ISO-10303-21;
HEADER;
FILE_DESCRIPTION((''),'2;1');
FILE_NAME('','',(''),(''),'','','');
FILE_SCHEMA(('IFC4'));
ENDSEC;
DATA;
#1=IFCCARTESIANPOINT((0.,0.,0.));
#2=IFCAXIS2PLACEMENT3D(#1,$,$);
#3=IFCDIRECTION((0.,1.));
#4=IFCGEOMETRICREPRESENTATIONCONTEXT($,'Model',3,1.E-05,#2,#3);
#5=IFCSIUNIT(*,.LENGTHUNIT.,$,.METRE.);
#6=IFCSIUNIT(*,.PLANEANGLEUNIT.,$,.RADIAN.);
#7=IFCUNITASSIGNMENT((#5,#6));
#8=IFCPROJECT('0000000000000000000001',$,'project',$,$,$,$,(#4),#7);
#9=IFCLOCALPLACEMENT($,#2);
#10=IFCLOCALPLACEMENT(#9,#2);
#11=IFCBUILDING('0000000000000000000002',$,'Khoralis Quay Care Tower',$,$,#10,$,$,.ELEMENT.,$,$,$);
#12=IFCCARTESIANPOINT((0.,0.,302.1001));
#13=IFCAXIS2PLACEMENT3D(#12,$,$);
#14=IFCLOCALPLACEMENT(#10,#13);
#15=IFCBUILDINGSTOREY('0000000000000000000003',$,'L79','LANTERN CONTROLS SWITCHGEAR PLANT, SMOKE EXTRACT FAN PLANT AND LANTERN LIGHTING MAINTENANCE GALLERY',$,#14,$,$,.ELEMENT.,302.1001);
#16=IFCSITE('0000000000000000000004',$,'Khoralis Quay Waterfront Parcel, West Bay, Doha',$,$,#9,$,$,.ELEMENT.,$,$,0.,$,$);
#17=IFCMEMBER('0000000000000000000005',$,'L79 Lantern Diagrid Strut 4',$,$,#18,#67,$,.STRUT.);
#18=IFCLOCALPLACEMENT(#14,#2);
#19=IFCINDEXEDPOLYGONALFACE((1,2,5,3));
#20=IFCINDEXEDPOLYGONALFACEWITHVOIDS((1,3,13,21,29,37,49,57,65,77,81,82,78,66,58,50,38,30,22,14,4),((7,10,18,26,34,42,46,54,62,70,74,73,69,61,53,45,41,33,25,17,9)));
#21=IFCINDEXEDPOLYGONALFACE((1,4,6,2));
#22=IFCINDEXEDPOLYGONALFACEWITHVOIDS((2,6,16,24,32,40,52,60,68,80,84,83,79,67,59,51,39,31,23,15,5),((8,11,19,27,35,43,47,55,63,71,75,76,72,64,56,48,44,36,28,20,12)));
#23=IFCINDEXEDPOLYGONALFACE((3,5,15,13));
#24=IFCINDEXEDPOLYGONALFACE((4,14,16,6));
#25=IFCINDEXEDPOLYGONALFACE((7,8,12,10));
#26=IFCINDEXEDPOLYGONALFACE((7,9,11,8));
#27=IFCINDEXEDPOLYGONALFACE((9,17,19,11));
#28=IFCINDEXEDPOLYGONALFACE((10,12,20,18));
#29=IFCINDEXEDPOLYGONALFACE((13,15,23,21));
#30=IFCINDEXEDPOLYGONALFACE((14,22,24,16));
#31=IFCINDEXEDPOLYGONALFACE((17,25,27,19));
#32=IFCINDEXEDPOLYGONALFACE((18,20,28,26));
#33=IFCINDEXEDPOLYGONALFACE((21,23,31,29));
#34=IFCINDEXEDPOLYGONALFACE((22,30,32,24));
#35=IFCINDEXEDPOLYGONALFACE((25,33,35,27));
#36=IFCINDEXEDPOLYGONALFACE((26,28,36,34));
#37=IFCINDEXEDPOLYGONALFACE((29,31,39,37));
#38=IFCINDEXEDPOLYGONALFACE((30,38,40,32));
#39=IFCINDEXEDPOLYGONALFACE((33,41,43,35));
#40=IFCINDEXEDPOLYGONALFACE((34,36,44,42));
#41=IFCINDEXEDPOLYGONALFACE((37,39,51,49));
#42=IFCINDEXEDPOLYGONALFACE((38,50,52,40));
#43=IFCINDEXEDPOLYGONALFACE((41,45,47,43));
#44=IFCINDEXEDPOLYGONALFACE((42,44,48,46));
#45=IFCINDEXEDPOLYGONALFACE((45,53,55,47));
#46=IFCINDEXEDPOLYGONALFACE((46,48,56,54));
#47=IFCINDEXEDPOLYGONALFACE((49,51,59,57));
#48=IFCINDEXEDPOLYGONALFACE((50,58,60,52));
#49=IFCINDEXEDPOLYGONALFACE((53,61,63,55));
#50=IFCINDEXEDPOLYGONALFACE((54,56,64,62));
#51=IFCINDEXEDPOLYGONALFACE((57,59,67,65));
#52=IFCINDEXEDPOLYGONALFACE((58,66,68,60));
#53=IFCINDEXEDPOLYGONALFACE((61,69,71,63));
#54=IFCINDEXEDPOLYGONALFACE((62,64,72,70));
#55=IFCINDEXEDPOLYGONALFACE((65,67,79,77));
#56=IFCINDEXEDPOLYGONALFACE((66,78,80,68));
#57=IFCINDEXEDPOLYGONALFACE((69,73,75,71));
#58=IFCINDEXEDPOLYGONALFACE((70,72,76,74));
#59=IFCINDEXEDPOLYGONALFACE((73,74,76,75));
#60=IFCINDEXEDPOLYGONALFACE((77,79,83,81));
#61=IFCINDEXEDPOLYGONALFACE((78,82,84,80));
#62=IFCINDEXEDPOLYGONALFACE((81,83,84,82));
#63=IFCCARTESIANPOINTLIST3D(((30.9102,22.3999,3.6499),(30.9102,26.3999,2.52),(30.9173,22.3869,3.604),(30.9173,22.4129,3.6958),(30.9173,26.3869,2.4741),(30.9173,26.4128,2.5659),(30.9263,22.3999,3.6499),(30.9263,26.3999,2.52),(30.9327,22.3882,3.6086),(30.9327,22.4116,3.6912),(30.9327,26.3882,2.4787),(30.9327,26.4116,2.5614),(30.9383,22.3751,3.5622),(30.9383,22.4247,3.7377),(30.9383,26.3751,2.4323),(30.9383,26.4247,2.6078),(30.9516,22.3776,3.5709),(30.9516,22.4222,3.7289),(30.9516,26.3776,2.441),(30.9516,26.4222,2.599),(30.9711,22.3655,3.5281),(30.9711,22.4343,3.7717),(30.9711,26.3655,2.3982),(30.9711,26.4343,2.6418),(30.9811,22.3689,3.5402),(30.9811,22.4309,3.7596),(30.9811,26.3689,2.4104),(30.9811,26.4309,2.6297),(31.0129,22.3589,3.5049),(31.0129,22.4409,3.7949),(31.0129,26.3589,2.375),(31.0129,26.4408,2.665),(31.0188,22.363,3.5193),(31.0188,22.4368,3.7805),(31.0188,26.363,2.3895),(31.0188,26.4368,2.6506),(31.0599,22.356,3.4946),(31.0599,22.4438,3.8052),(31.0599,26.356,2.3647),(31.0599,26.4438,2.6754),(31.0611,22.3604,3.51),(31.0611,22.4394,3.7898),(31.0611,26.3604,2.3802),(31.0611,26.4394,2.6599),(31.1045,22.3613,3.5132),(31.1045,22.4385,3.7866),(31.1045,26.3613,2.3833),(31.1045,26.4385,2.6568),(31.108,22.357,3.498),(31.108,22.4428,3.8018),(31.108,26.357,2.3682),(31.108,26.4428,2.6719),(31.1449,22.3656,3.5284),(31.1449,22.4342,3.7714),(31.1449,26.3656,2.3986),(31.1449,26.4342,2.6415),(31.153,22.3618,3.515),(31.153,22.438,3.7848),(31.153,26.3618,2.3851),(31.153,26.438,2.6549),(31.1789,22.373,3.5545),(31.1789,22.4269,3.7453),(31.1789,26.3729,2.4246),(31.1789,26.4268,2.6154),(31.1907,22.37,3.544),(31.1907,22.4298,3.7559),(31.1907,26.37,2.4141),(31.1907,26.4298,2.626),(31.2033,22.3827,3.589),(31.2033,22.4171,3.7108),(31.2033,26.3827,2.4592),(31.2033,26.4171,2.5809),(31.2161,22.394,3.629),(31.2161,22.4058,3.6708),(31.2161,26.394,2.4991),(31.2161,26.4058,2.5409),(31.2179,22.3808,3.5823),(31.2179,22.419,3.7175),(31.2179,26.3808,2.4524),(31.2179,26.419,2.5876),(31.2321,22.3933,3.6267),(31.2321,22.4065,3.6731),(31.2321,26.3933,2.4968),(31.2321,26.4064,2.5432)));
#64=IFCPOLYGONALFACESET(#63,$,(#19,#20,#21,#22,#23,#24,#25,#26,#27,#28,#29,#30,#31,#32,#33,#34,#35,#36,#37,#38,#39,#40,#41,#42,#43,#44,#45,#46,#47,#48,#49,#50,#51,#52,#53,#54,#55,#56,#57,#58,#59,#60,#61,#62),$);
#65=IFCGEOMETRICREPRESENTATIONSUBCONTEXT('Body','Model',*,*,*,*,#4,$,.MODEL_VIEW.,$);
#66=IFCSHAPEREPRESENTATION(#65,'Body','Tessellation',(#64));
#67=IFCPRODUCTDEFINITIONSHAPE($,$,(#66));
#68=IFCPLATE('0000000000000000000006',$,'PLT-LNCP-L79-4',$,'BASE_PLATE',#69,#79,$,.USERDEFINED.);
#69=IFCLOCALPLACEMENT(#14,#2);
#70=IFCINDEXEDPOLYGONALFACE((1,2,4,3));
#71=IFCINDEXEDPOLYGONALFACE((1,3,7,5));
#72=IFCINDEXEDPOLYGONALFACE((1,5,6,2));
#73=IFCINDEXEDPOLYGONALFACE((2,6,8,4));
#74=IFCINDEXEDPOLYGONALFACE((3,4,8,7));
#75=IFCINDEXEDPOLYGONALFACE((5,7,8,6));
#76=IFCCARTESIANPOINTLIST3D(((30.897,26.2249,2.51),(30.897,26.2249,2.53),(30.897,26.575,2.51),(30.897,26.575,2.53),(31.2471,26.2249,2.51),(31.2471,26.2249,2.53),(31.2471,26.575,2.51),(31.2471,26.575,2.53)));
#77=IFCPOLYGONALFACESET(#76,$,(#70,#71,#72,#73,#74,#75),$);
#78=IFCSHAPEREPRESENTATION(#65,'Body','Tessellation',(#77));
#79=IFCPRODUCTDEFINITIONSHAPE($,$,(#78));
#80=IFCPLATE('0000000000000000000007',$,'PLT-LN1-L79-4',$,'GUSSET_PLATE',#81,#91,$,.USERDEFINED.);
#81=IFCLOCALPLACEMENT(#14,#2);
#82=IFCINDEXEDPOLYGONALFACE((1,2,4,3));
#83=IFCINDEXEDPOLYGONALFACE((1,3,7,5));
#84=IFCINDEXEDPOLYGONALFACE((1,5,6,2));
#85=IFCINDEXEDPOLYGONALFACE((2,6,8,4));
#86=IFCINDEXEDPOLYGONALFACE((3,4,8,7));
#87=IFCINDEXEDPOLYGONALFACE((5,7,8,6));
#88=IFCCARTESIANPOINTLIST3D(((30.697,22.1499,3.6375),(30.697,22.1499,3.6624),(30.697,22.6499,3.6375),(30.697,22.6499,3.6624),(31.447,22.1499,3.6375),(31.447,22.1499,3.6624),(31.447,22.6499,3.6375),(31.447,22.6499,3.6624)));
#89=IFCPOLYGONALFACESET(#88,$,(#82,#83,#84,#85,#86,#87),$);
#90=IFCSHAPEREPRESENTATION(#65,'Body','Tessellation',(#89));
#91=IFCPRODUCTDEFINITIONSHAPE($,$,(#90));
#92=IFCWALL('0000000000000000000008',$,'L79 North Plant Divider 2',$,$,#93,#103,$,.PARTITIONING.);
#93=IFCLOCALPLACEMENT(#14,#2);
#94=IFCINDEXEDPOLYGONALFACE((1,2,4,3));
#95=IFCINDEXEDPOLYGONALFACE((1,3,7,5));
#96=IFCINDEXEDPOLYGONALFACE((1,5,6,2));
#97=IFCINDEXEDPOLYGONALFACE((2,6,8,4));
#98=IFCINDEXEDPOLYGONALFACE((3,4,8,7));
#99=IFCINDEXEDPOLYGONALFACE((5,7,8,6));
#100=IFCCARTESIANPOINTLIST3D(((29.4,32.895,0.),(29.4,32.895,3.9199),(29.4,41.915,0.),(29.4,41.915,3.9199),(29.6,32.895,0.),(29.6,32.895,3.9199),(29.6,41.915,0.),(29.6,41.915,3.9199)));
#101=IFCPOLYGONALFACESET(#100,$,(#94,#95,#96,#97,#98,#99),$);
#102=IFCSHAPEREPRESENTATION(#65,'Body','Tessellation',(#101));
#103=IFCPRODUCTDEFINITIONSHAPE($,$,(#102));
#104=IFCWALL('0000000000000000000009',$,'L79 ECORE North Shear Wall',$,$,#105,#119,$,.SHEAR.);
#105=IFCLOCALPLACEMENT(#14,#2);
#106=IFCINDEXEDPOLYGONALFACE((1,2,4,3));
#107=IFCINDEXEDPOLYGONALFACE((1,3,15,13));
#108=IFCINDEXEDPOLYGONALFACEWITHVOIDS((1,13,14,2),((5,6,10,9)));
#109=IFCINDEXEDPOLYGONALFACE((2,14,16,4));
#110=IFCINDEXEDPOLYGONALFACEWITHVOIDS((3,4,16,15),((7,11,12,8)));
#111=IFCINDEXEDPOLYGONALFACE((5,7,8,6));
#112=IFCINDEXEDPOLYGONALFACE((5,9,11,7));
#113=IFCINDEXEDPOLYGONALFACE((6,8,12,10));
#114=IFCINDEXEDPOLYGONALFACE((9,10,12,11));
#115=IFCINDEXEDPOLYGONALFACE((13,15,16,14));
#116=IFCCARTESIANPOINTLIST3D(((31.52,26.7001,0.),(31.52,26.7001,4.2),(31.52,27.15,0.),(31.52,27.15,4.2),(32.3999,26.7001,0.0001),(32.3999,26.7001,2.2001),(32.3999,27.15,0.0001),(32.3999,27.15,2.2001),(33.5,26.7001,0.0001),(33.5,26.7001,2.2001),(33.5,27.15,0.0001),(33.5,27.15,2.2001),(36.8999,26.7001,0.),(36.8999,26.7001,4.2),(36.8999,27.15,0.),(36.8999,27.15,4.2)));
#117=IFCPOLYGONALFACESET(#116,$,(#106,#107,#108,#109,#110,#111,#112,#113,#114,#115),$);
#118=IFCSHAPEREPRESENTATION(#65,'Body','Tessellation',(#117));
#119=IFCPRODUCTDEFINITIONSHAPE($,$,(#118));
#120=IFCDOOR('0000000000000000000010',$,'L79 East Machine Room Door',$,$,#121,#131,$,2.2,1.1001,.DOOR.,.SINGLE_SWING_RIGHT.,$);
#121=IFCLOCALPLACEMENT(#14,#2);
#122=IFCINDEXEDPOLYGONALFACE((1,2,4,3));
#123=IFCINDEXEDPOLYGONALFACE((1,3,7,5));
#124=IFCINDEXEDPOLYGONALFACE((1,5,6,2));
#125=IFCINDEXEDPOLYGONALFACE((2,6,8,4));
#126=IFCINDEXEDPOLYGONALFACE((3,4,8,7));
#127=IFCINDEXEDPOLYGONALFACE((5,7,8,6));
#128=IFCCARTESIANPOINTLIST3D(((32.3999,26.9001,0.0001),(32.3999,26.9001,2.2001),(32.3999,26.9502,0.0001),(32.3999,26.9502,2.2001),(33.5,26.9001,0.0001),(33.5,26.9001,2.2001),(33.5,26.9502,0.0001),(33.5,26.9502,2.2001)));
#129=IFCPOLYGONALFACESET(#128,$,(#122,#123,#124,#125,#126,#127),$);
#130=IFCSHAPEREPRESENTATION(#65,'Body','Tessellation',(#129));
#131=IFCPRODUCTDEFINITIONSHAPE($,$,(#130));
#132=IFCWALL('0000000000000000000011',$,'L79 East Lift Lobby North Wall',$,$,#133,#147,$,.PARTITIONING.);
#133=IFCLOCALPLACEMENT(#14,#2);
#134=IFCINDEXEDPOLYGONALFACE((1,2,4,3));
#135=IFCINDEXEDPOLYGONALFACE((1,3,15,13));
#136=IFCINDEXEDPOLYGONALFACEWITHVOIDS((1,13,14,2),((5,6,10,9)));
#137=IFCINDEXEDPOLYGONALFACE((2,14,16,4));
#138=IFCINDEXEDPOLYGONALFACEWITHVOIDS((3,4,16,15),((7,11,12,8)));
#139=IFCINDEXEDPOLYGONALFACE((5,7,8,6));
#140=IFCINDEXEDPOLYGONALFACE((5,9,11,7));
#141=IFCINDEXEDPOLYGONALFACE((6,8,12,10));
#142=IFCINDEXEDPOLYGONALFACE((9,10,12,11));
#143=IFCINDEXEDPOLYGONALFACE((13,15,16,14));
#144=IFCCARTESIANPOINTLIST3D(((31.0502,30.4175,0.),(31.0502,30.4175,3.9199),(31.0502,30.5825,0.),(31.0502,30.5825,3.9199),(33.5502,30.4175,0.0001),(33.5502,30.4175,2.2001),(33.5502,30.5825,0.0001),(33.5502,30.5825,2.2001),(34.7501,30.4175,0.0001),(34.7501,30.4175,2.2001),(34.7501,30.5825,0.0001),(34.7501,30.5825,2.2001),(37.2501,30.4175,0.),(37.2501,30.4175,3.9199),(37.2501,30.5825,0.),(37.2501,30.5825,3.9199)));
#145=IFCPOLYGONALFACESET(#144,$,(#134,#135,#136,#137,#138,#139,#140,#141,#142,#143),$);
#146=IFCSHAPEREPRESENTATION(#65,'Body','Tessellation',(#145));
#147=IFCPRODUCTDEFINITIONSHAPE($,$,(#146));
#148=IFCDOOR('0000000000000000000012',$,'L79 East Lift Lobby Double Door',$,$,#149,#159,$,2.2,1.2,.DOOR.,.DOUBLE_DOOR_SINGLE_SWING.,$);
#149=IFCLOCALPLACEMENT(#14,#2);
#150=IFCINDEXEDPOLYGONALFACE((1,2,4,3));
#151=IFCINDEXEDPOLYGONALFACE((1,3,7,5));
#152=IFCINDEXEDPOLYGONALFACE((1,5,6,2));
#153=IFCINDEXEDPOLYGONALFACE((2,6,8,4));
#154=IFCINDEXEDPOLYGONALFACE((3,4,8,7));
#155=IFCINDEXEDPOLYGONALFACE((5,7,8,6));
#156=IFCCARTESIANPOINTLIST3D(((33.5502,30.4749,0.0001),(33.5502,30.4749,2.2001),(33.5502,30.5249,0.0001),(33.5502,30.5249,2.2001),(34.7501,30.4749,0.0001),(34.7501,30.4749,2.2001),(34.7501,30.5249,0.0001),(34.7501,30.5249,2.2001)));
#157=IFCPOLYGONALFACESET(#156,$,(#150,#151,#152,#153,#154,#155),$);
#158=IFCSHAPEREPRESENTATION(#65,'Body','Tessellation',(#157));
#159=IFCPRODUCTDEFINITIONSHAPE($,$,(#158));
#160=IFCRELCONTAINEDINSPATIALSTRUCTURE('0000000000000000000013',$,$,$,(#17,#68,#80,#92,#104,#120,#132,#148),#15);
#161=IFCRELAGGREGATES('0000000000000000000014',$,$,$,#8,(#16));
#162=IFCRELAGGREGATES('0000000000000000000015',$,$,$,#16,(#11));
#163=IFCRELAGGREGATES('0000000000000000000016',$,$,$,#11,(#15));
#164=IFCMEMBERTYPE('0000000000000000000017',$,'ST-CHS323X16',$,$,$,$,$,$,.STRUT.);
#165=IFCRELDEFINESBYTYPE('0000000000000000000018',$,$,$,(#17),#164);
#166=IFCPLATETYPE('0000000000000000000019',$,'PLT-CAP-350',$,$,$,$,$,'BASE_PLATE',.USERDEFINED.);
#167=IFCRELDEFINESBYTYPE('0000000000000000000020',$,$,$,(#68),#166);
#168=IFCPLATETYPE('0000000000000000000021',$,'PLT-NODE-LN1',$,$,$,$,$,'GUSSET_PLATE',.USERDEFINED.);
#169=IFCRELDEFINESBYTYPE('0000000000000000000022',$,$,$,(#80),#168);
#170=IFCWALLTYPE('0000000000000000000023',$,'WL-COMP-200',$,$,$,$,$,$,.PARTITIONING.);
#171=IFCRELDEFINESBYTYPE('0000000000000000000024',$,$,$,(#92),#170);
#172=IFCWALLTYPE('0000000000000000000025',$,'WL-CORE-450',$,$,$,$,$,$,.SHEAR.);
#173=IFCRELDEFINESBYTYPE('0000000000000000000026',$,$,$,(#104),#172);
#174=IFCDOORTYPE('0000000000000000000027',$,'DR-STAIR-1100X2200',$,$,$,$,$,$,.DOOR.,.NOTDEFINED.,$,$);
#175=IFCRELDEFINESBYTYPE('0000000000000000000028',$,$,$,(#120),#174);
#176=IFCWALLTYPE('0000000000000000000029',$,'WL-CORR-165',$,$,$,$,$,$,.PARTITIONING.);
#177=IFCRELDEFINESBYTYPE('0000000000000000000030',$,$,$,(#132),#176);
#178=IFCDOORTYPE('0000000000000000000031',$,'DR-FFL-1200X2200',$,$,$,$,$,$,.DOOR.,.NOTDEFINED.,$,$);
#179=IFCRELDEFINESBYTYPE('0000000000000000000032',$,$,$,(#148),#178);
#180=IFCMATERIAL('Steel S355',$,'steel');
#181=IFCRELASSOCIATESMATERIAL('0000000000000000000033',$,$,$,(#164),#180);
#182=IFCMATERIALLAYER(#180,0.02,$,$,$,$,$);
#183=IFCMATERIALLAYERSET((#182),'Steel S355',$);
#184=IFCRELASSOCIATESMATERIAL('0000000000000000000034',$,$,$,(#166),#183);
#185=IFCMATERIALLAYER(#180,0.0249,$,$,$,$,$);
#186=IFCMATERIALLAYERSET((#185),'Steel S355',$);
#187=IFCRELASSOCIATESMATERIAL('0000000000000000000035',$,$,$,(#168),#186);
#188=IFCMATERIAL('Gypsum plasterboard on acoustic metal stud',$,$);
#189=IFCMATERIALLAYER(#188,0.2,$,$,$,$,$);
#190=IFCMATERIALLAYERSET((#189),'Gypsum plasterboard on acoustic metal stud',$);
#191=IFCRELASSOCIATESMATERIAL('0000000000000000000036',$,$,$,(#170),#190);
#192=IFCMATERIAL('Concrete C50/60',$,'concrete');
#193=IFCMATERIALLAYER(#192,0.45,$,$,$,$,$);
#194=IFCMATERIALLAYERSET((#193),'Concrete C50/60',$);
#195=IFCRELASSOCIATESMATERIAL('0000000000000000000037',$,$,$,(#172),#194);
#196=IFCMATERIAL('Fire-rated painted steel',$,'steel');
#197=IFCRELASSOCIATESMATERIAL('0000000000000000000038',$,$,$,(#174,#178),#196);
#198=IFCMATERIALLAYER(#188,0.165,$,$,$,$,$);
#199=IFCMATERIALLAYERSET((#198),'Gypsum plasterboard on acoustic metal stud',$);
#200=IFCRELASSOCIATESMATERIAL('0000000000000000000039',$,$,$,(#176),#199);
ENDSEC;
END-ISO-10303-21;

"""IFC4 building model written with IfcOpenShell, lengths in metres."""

from ifc_helpers import new_model, si_unit, direction, frame, frame_2d, origin, origin_2d, place, context, subcontext, project, spatial, rectangle, hollow_circle, extrude, source, transform, mapped, material, layer, layer_set, material_profile, profile_set, type_object, element, fill, save


model = new_model("IFC4")

# Units and contexts
model_context = context("Model", 3, precision=1e-05, world=origin(), true_north=direction((0.0, 1.0)))
body_context = subcontext(model_context, "Body", "Model", "MODEL_VIEW")
ifc_project = project(units=[si_unit("LENGTHUNIT", "METRE"), si_unit("PLANEANGLEUNIT", "RADIAN")], contexts=[model_context])

# Site, building, storey
site_placement = place(None, origin())
site = spatial("IfcSite", under=ifc_project, at=site_placement, Name="Khoralis Quay Waterfront Parcel, West Bay, Doha", CompositionType="ELEMENT", RefElevation=0.0)
building_placement = place(site_placement, origin())
building = spatial("IfcBuilding", under=site, at=building_placement, Name="Khoralis Quay Care Tower", CompositionType="ELEMENT")
storey_placement = place(building_placement, frame((0.0, 0.0, 302.1001)))
storey = spatial("IfcBuildingStorey", under=building, at=storey_placement, Name="L79", Description="LANTERN CONTROLS SWITCHGEAR PLANT, SMOKE EXTRACT FAN PLANT AND LANTERN LIGHTING MAINTENANCE GALLERY", CompositionType="ELEMENT", Elevation=302.1001)

# Shared definitions
ifc_material_1 = material(Name="Concrete C50/60", Category="concrete")

# Shared definitions
ifc_material_2 = material(Name="Steel S355", Category="steel")

# Member
ifc_material_profile_1 = material_profile(ifc_material_2, hollow_circle(Radius=0.1619, WallThickness=0.0161, at=origin_2d()), Name="Steel S355")
ifc_profile_set_1 = profile_set([ifc_material_profile_1], Name="Steel S355")
member_type = type_object("IfcMemberType", Name="ST-CHS323X16", PredefinedType="STRUT", material=ifc_profile_set_1)
shared_shape_1 = source(origin(), body_context, "Body", "SweptSolid", [
    extrude(hollow_circle(Radius=0.1619, WallThickness=0.0161, at=origin_2d()), origin(), (0.0, 0.0, 1.0), 4.1565),
])
member_placement = place(storey_placement, frame((31.072, 22.3999, 3.6499), z_axis=(0.0, 0.962344, -0.271834), x_axis=(-1.0, 0.0, 0.0)))
element("IfcMember", 1, at=member_placement, inside=storey, type_object=member_type, Name="L79 Lantern Diagrid Strut 4", PredefinedType="STRUT", context=body_context, shape_type="MappedRepresentation", body=[
    mapped(shared_shape_1, transform((0.0, 0.0, 0.0), scale=1.0)),
])

# Plates
ifc_layer_1 = layer(ifc_material_2, 0.02)
ifc_layer_set_1 = layer_set([ifc_layer_1], Name="Steel S355")
plate_type_1 = type_object("IfcPlateType", Name="PLT-CAP-350", ElementType="BASE_PLATE", PredefinedType="USERDEFINED", material=ifc_layer_set_1)
shared_shape_2 = source(origin(), body_context, "Body", "SweptSolid", [
    extrude(rectangle(XDim=0.3501, YDim=0.3501, at=origin_2d()), origin(), (0.0, 0.0, 1.0), 0.02),
])
plate_1_placement = place(storey_placement, frame((31.072, 26.3999, 2.51), z_axis=(0.0, 0.0, 1.0), x_axis=(1.0, 0.0, 0.0)))
element("IfcPlate", 2, at=plate_1_placement, inside=storey, type_object=plate_type_1, Name="PLT-LNCP-L79-4", ObjectType="BASE_PLATE", PredefinedType="USERDEFINED", context=body_context, shape_type="MappedRepresentation", body=[
    mapped(shared_shape_2, transform((0.0, 0.0, 0.0), scale=1.0)),
])
ifc_layer_2 = layer(ifc_material_2, 0.0249)
ifc_layer_set_2 = layer_set([ifc_layer_2], Name="Steel S355")
plate_type_2 = type_object("IfcPlateType", Name="PLT-NODE-LN1", ElementType="GUSSET_PLATE", PredefinedType="USERDEFINED", material=ifc_layer_set_2)
shared_shape_3 = source(origin(), body_context, "Body", "SweptSolid", [
    extrude(rectangle(XDim=0.75, YDim=0.5, at=origin_2d()), origin(), (0.0, 0.0, 1.0), 0.0249),
])
plate_2_placement = place(storey_placement, frame((31.072, 22.3999, 3.6375), z_axis=(0.0, 0.0, 1.0), x_axis=(1.0, 0.0, 0.0)))
element("IfcPlate", 3, at=plate_2_placement, inside=storey, type_object=plate_type_2, Name="PLT-LN1-L79-4", ObjectType="GUSSET_PLATE", PredefinedType="USERDEFINED", context=body_context, shape_type="MappedRepresentation", body=[
    mapped(shared_shape_3, transform((0.0, 0.0, 0.0), scale=1.0)),
])

# Wall
ifc_material_3 = material(Name="Gypsum plasterboard on acoustic metal stud")
ifc_layer_3 = layer(ifc_material_3, 0.2)
ifc_layer_set_3 = layer_set([ifc_layer_3], Name="Gypsum plasterboard on acoustic metal stud")
wall_type_1 = type_object("IfcWallType", Name="WL-COMP-200", PredefinedType="PARTITIONING", material=ifc_layer_set_3)
wall_1_placement = place(storey_placement, frame((29.5, 32.895, 0.0), z_axis=(0.0, 0.0, 1.0), x_axis=(0.0, 1.0, 0.0)))
element("IfcWall", 4, at=wall_1_placement, inside=storey, type_object=wall_type_1, Name="L79 North Plant Divider 2", PredefinedType="PARTITIONING", context=body_context, shape_type="SweptSolid", body=[
    extrude(rectangle(XDim=9.02, YDim=0.2, at=frame_2d((4.51, 0.0))), origin(), (0.0, 0.0, 1.0), 3.9199),
])

# Walls, openings, doors
ifc_layer_4 = layer(ifc_material_1, 0.45)
ifc_layer_set_4 = layer_set([ifc_layer_4], Name="Concrete C50/60")
wall_type_2 = type_object("IfcWallType", Name="WL-CORE-450", PredefinedType="SHEAR", material=ifc_layer_set_4)
wall_2_placement = place(storey_placement, frame((31.52, 26.925, 0.0), z_axis=(0.0, 0.0, 1.0), x_axis=(1.0, 0.0, 0.0)))
wall_2 = element("IfcWall", 5, at=wall_2_placement, inside=storey, type_object=wall_type_2, Name="L79 ECORE North Shear Wall", PredefinedType="SHEAR", context=body_context, shape_type="SweptSolid", body=[
    extrude(rectangle(XDim=5.3799, YDim=0.45, at=frame_2d((2.6899, 0.0))), origin(), (0.0, 0.0, 1.0), 4.2),
])
opening_1_placement = place(wall_2_placement, frame((0.8799, 0.0, 0.0)))
opening_1 = element("IfcOpeningElement", 6, at=opening_1_placement, cuts=wall_2, PredefinedType="OPENING", context=body_context, shape_type="SweptSolid", body=[
    extrude(rectangle(XDim=1.1001, YDim=2.2, at=frame_2d((0.55, 1.1001))), frame((0.0, 0.2349, 0.0), z_axis=(0.0, -1.0, 0.0), x_axis=(1.0, 0.0, 0.0)), (0.0, 0.0, 1.0), 0.47),
])
ifc_material_4 = material(Name="Fire-rated painted steel", Category="steel")
door_type_1 = type_object("IfcDoorType", Name="DR-STAIR-1100X2200", OperationType="NOTDEFINED", PredefinedType="DOOR", material=ifc_material_4)
shared_shape_4 = source(origin(), body_context, "Body", "SweptSolid", [
    extrude(rectangle(XDim=1.1001, YDim=2.2, at=frame_2d((0.55, 1.1001))), frame((0.0, 0.0249, 0.0), z_axis=(0.0, -1.0, 0.0), x_axis=(1.0, 0.0, 0.0)), (0.0, 0.0, 1.0), 0.05),
])
door_1_placement = place(opening_1_placement, frame((1.1001, 0.0, 0.0), z_axis=(0.0, 0.0, 1.0), x_axis=(-1.0, 0.0, 0.0)))
door_1 = element("IfcDoor", 7, at=door_1_placement, inside=storey, type_object=door_type_1, Name="L79 East Machine Room Door", OperationType="SINGLE_SWING_RIGHT", OverallHeight=2.2, OverallWidth=1.1001, PredefinedType="DOOR", context=body_context, shape_type="MappedRepresentation", body=[
    mapped(shared_shape_4, transform((0.0, 0.0, 0.0), scale=1.0)),
])
fill(opening_1, door_1)
ifc_layer_5 = layer(ifc_material_3, 0.165)
ifc_layer_set_5 = layer_set([ifc_layer_5], Name="Gypsum plasterboard on acoustic metal stud")
wall_type_3 = type_object("IfcWallType", Name="WL-CORR-165", PredefinedType="PARTITIONING", material=ifc_layer_set_5)
wall_3_placement = place(storey_placement, frame((31.05, 30.5, 0.0), z_axis=(0.0, 0.0, 1.0), x_axis=(1.0, 0.0, 0.0)))
wall_3 = element("IfcWall", 8, at=wall_3_placement, inside=storey, type_object=wall_type_3, Name="L79 East Lift Lobby North Wall", PredefinedType="PARTITIONING", context=body_context, shape_type="SweptSolid", body=[
    extrude(rectangle(XDim=6.2, YDim=0.165, at=frame_2d((3.1001, 0.0))), origin(), (0.0, 0.0, 1.0), 3.9199),
])
opening_2_placement = place(wall_3_placement, frame((2.5, 0.0, 0.0)))
opening_2 = element("IfcOpeningElement", 9, at=opening_2_placement, cuts=wall_3, PredefinedType="OPENING", context=body_context, shape_type="SweptSolid", body=[
    extrude(rectangle(XDim=1.2, YDim=2.2, at=frame_2d((0.6001, 1.1001))), frame((0.0, 0.0925, 0.0), z_axis=(0.0, -1.0, 0.0), x_axis=(1.0, 0.0, 0.0)), (0.0, 0.0, 1.0), 0.1851),
])
door_type_2 = type_object("IfcDoorType", Name="DR-FFL-1200X2200", OperationType="NOTDEFINED", PredefinedType="DOOR", material=ifc_material_4)
shared_shape_5 = source(origin(), body_context, "Body", "SweptSolid", [
    extrude(rectangle(XDim=1.2, YDim=2.2, at=frame_2d((0.6001, 1.1001))), frame((0.0, 0.0249, 0.0), z_axis=(0.0, -1.0, 0.0), x_axis=(1.0, 0.0, 0.0)), (0.0, 0.0, 1.0), 0.05),
])
door_2_placement = place(opening_2_placement, origin())
door_2 = element("IfcDoor", 10, at=door_2_placement, inside=storey, type_object=door_type_2, Name="L79 East Lift Lobby Double Door", OperationType="DOUBLE_DOOR_SINGLE_SWING", OverallHeight=2.2, OverallWidth=1.2, PredefinedType="DOOR", context=body_context, shape_type="MappedRepresentation", body=[
    mapped(shared_shape_5, transform((0.0, 0.0, 0.0), scale=1.0)),
])
fill(opening_2, door_2)

save(model, "model.ifc")
